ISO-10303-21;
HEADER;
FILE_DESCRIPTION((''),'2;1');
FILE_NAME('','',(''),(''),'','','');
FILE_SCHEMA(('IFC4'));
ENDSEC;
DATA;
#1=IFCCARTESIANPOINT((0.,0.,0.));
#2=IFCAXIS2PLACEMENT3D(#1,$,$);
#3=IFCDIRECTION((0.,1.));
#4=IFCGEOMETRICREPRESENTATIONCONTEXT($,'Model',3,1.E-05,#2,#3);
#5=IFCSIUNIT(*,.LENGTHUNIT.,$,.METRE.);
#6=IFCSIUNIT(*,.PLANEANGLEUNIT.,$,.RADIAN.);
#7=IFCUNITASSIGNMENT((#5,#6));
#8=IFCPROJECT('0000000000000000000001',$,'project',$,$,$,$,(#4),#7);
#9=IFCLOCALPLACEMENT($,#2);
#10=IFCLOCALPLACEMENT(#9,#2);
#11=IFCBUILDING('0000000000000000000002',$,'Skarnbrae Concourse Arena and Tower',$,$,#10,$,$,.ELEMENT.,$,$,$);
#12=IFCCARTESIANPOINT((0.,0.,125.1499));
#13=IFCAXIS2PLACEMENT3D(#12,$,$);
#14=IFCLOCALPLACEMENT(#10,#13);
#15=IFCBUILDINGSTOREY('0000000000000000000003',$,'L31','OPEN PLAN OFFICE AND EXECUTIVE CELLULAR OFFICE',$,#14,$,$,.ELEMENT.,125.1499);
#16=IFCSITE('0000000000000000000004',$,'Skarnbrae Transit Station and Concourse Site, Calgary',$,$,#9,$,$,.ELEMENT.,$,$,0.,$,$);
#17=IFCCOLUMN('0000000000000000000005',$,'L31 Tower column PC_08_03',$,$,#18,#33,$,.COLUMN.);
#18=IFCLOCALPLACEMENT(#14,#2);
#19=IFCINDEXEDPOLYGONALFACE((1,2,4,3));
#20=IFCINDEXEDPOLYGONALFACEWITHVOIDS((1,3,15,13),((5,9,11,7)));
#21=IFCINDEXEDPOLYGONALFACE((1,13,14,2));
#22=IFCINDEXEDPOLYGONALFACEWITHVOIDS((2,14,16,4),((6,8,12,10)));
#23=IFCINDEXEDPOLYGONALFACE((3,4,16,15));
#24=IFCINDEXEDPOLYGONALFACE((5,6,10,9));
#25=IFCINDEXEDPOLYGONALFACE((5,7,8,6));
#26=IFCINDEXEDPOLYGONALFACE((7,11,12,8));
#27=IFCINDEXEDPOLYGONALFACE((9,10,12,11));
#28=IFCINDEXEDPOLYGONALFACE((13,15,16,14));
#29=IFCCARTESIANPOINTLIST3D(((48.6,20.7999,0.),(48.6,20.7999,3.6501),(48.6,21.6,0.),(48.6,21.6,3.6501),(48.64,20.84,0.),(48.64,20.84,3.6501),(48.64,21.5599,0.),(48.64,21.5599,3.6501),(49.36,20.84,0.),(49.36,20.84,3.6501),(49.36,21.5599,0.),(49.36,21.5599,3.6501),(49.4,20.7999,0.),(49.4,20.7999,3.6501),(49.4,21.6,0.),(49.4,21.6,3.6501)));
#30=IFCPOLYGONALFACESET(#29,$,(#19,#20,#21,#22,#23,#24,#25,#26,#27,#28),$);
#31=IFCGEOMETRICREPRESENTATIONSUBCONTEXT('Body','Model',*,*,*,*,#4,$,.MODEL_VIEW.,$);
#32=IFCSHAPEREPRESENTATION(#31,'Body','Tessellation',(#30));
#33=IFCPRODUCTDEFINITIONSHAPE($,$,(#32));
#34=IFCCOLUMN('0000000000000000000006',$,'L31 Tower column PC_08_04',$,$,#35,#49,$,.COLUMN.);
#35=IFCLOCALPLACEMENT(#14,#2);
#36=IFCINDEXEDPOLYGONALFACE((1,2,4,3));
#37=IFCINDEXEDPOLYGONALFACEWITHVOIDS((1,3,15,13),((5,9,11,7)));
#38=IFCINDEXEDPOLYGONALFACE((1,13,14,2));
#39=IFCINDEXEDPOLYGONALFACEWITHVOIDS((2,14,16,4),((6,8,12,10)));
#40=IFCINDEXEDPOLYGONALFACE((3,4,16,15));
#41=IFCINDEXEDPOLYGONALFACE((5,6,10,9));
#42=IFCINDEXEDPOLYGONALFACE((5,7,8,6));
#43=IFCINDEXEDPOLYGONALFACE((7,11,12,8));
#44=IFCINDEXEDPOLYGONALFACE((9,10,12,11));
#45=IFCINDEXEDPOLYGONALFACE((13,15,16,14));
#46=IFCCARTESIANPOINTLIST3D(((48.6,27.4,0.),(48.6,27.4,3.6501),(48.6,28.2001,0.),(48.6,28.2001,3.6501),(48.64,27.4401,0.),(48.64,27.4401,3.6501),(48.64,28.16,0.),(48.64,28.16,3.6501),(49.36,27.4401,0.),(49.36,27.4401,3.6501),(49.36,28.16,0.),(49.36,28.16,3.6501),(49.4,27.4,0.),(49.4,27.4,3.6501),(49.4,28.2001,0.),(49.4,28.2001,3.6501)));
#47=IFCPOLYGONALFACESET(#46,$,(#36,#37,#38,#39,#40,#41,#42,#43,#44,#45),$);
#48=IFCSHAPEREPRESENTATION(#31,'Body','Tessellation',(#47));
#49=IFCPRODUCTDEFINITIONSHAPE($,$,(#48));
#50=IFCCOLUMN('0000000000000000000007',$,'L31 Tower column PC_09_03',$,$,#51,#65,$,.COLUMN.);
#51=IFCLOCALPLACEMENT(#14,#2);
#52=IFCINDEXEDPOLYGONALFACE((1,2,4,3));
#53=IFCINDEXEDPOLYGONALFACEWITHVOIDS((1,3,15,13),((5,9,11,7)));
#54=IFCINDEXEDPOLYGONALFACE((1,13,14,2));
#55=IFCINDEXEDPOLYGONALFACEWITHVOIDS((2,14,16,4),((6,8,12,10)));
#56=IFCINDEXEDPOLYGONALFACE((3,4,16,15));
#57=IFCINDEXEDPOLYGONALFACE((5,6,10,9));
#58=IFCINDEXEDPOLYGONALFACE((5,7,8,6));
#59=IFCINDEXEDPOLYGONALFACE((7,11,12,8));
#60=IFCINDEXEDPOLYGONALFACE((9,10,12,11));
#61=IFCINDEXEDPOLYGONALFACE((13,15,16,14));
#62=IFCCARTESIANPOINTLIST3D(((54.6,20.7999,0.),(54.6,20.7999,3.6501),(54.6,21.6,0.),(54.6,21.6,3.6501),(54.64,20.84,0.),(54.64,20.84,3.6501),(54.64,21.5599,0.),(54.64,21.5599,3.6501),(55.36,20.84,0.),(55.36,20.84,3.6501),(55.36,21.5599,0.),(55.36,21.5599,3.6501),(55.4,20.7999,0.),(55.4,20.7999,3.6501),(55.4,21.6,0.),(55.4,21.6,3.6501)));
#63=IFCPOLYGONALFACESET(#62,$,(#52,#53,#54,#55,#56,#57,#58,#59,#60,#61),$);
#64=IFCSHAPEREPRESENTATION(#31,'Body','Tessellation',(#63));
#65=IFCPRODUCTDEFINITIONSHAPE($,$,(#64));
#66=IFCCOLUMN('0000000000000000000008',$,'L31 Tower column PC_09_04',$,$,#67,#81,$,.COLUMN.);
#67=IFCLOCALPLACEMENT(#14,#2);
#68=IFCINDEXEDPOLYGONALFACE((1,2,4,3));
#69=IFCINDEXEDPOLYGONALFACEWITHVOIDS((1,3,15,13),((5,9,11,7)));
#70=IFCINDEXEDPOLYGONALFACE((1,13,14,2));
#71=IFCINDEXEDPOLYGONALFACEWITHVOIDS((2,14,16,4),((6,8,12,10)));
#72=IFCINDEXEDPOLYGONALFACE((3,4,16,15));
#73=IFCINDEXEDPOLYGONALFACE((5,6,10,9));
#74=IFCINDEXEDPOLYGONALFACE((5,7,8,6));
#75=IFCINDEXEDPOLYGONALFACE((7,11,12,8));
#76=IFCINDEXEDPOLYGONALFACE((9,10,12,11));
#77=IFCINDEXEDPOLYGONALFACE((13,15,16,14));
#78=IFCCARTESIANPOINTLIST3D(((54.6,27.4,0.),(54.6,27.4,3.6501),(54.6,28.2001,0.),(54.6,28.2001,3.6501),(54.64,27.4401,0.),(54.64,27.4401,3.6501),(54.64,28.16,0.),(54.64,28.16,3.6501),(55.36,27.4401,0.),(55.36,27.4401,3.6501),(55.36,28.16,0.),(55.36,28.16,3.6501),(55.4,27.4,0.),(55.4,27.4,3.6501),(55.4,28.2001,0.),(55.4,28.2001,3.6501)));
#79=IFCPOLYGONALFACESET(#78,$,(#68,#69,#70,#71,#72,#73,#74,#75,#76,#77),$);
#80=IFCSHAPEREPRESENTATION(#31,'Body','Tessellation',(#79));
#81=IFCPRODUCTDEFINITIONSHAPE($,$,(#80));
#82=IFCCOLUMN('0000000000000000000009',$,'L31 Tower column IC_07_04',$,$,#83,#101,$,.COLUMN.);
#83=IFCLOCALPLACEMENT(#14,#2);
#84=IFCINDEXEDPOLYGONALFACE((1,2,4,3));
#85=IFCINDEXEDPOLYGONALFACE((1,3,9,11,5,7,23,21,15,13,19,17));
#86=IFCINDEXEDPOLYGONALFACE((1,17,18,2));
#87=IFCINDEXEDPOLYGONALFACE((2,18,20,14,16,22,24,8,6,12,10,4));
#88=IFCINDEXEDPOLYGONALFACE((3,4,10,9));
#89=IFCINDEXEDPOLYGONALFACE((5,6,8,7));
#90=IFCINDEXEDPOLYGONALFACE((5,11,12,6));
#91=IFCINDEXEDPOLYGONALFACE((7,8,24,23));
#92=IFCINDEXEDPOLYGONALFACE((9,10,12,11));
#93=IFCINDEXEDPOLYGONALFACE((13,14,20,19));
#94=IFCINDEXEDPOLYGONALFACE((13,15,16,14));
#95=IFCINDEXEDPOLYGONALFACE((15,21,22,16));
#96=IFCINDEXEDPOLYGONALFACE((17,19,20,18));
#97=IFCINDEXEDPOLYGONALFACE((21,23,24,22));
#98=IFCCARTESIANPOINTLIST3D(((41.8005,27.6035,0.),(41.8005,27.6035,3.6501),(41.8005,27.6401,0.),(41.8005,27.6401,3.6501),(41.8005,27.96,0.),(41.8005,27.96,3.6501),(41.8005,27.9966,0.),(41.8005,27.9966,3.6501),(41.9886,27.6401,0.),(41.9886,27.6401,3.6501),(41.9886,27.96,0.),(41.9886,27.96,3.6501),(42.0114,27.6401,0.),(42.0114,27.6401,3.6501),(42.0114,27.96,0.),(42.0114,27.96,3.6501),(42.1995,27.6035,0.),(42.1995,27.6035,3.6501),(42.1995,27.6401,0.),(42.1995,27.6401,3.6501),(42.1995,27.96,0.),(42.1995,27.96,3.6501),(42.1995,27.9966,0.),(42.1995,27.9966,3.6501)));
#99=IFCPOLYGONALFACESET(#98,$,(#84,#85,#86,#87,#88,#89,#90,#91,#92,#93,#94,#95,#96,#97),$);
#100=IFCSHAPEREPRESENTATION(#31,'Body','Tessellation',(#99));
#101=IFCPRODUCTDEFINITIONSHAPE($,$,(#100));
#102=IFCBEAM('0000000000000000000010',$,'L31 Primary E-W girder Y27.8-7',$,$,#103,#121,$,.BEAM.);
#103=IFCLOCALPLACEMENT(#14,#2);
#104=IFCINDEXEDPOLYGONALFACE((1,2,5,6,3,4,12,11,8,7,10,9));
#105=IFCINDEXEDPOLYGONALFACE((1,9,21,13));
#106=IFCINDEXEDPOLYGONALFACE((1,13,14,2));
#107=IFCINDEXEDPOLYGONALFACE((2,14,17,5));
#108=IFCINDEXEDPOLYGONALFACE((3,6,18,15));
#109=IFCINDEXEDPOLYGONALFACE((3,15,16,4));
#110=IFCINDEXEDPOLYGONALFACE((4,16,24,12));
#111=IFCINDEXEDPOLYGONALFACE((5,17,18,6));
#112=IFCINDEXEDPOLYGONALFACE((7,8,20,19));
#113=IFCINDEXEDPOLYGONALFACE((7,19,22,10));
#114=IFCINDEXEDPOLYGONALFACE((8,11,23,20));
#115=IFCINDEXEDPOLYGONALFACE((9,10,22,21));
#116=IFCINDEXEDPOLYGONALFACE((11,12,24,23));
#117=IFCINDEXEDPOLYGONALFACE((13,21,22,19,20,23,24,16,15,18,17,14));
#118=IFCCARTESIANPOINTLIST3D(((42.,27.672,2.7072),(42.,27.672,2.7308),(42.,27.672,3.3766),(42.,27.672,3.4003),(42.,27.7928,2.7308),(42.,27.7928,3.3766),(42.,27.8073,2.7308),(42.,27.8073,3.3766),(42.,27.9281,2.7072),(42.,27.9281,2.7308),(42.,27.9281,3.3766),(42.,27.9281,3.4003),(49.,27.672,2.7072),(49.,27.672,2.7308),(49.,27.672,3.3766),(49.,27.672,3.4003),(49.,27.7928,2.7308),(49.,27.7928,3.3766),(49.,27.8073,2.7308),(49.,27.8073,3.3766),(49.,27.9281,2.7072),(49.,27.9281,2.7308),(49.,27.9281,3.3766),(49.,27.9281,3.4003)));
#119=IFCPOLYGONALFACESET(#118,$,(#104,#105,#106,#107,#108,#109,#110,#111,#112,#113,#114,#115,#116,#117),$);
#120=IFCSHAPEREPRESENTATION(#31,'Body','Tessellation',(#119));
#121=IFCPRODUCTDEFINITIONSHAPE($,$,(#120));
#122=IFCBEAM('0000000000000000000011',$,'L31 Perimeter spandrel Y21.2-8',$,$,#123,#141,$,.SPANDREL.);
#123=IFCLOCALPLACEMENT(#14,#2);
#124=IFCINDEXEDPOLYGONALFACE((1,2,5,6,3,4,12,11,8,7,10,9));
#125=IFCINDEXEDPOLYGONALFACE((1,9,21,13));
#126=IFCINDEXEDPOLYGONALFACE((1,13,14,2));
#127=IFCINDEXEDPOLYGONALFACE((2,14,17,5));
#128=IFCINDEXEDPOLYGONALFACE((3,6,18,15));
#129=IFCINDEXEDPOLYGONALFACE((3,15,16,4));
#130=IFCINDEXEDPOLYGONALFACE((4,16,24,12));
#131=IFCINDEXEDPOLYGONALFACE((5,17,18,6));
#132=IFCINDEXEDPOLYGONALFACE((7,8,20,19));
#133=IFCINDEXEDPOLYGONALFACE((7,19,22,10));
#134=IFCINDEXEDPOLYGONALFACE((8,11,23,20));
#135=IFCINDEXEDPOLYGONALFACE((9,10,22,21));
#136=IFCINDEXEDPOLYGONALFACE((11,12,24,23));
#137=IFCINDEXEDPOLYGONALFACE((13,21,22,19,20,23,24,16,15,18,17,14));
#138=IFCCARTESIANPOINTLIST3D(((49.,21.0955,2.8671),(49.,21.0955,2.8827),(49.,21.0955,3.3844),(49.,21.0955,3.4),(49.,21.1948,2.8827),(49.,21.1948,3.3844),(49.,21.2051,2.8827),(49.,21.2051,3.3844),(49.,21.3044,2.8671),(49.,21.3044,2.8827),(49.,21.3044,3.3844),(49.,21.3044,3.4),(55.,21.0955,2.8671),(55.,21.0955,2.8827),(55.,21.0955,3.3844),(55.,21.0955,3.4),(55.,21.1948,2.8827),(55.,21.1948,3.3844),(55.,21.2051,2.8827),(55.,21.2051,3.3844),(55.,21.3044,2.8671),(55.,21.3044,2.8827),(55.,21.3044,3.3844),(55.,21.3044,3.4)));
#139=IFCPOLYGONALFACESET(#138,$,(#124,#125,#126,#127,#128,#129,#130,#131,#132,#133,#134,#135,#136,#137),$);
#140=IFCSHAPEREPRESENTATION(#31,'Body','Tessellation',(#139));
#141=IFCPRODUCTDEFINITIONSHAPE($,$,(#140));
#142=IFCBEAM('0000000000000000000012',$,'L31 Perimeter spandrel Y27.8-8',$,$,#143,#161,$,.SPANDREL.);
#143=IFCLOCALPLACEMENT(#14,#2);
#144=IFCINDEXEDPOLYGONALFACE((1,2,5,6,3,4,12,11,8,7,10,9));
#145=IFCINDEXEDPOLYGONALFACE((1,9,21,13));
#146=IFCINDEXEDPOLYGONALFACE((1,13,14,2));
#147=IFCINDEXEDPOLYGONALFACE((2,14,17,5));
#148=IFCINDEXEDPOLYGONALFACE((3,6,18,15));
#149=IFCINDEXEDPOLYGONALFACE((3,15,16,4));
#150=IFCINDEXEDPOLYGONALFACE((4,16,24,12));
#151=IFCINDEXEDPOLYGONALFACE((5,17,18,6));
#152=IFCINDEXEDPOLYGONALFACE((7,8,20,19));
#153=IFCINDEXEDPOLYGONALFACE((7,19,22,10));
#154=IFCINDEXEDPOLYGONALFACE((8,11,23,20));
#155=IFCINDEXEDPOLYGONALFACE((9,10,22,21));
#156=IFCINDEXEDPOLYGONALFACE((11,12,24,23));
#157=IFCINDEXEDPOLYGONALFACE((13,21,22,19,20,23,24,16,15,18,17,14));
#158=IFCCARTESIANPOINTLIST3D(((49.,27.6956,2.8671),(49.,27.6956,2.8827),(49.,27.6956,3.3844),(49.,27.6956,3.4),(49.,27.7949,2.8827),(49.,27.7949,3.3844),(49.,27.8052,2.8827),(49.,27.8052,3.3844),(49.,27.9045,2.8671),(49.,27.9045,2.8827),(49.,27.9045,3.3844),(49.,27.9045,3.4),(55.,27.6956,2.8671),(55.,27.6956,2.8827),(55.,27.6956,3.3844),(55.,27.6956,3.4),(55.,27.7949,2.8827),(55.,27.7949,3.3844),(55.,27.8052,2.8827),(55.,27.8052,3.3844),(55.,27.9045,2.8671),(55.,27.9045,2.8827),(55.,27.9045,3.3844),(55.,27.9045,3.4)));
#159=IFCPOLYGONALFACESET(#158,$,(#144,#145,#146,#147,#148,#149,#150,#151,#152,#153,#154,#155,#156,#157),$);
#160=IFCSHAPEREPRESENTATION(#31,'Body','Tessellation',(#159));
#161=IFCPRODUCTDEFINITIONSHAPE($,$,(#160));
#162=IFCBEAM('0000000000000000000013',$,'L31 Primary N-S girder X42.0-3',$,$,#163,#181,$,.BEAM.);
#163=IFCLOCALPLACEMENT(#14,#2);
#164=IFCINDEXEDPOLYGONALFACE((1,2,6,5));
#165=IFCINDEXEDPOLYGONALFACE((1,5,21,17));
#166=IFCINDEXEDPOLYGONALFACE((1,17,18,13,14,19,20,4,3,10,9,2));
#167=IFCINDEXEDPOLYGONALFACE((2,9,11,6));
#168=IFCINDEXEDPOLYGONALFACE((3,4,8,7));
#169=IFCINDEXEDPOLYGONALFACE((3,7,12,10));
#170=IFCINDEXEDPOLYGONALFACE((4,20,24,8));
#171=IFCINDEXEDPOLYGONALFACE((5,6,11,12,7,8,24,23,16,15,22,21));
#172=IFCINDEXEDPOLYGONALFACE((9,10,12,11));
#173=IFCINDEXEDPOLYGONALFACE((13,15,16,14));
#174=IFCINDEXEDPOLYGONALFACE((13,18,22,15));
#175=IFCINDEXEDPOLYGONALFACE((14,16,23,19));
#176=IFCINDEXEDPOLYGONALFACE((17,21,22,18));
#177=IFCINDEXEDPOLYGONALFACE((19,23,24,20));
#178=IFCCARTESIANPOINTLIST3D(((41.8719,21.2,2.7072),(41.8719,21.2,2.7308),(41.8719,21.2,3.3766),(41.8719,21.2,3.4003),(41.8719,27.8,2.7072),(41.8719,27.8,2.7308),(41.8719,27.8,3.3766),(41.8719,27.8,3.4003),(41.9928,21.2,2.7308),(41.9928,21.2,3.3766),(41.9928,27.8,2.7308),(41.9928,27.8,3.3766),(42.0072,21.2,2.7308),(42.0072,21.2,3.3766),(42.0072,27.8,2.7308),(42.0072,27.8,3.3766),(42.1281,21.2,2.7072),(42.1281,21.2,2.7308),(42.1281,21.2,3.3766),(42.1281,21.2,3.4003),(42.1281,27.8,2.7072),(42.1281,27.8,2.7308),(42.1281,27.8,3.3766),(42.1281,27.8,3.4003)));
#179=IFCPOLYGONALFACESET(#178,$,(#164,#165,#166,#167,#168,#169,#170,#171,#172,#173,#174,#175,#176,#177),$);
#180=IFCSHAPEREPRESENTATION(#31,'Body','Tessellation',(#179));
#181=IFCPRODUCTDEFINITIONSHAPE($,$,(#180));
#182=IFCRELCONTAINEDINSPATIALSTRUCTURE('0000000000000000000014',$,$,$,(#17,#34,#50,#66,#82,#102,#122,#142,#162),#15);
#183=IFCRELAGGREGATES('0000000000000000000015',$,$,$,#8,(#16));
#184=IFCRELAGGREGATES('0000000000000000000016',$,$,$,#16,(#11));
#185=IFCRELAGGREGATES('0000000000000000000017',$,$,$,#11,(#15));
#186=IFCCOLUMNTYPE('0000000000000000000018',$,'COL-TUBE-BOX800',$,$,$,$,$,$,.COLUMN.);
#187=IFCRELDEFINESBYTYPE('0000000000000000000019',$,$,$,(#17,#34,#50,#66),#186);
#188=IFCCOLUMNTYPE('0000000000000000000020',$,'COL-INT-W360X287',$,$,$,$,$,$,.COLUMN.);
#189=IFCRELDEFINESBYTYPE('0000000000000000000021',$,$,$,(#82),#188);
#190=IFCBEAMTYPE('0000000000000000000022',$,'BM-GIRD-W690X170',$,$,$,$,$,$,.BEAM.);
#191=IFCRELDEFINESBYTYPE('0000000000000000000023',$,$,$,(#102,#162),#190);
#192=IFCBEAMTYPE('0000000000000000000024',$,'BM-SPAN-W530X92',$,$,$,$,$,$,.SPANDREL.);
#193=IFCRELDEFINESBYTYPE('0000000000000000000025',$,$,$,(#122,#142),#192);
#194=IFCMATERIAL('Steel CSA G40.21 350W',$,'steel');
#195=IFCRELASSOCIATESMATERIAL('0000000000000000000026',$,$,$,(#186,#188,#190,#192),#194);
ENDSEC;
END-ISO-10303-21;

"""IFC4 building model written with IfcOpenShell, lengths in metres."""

from ifc_helpers import new_model, si_unit, direction, frame, origin, origin_2d, place, context, subcontext, project, spatial, hollow_rectangle, i_section, extrude, source, transform, mapped, material, material_profile, profile_set, type_object, element, save


model = new_model("IFC4")

# Units and contexts
model_context = context("Model", 3, precision=1e-05, world=origin(), true_north=direction((0.0, 1.0)))
body_context = subcontext(model_context, "Body", "Model", "MODEL_VIEW")
ifc_project = project(units=[si_unit("LENGTHUNIT", "METRE"), si_unit("PLANEANGLEUNIT", "RADIAN")], contexts=[model_context])

# Site, building, storey
site_placement = place(None, origin())
site = spatial("IfcSite", under=ifc_project, at=site_placement, Name="Skarnbrae Transit Station and Concourse Site, Calgary", CompositionType="ELEMENT", RefElevation=0.0)
building_placement = place(site_placement, origin())
building = spatial("IfcBuilding", under=site, at=building_placement, Name="Skarnbrae Concourse Arena and Tower", CompositionType="ELEMENT")
storey_placement = place(building_placement, frame((0.0, 0.0, 125.1499)))
storey = spatial("IfcBuildingStorey", under=building, at=storey_placement, Name="L31", Description="OPEN PLAN OFFICE AND EXECUTIVE CELLULAR OFFICE", CompositionType="ELEMENT", Elevation=125.1499)

# Columns
ifc_material_1 = material(Name="Steel CSA G40.21 350W", Category="steel")
ifc_material_profile_1 = material_profile(ifc_material_1, hollow_rectangle(XDim=0.8, YDim=0.8, WallThickness=0.04, at=origin_2d()), Name="BOX800X800X40")
ifc_profile_set_1 = profile_set([ifc_material_profile_1], Name="Steel CSA G40.21 350W")
column_type_1 = type_object("IfcColumnType", Name="COL-TUBE-BOX800", PredefinedType="COLUMN", material=ifc_profile_set_1)
shared_shape_1 = source(origin(), body_context, "Body", "SweptSolid", [
    extrude(hollow_rectangle(XDim=0.8, YDim=0.8, WallThickness=0.04, at=origin_2d()), origin(), (0.0, 0.0, 1.0), 3.6501),
])
for number, where, z_axis, x_axis, name in (
    (1, (49.0, 21.2, 0.0), (0.0, 0.0, 1.0), (1.0, 0.0, 0.0), "L31 Tower column PC_08_03"),
    (2, (49.0, 27.8, 0.0), (0.0, 0.0, 1.0), (1.0, 0.0, 0.0), "L31 Tower column PC_08_04"),
    (3, (55.0, 21.2, 0.0), (0.0, 0.0, 1.0), (1.0, 0.0, 0.0), "L31 Tower column PC_09_03"),
    (4, (55.0, 27.8, 0.0), (0.0, 0.0, 1.0), (1.0, 0.0, 0.0), "L31 Tower column PC_09_04"),
):
    element("IfcColumn", number, at=place(storey_placement, frame(where, z_axis=z_axis, x_axis=x_axis)), inside=storey, type_object=column_type_1, Name=name, PredefinedType="COLUMN", context=body_context, shape_type="MappedRepresentation", body=[
        mapped(shared_shape_1, transform((0.0, 0.0, 0.0))),
    ])
ifc_material_profile_2 = material_profile(ifc_material_1, i_section(OverallWidth=0.3989, OverallDepth=0.3931, WebThickness=0.0227, FlangeThickness=0.0366, at=origin_2d()), Name="W360X287")
ifc_profile_set_2 = profile_set([ifc_material_profile_2], Name="Steel CSA G40.21 350W")
column_type_2 = type_object("IfcColumnType", Name="COL-INT-W360X287", PredefinedType="COLUMN", material=ifc_profile_set_2)
shared_shape_2 = source(origin(), body_context, "Body", "SweptSolid", [
    extrude(i_section(OverallWidth=0.3989, OverallDepth=0.3931, WebThickness=0.0227, FlangeThickness=0.0366, at=origin_2d()), origin(), (0.0, 0.0, 1.0), 3.6501),
])
column_placement = place(storey_placement, frame((42.0, 27.8, 0.0), z_axis=(0.0, 0.0, 1.0), x_axis=(1.0, 0.0, 0.0)))
element("IfcColumn", 5, at=column_placement, inside=storey, type_object=column_type_2, Name="L31 Tower column IC_07_04", PredefinedType="COLUMN", context=body_context, shape_type="MappedRepresentation", body=[
    mapped(shared_shape_2, transform((0.0, 0.0, 0.0))),
])

# Beams
ifc_material_profile_3 = material_profile(ifc_material_1, i_section(OverallWidth=0.2561, OverallDepth=0.6931, WebThickness=0.0144, FlangeThickness=0.0237, at=origin_2d()), Name="W690X170")
ifc_profile_set_3 = profile_set([ifc_material_profile_3], Name="Steel CSA G40.21 350W")
beam_type_1 = type_object("IfcBeamType", Name="BM-GIRD-W690X170", PredefinedType="BEAM", material=ifc_profile_set_3)
shared_shape_3 = source(origin(), body_context, "Body", "SweptSolid", [
    extrude(i_section(OverallWidth=0.2561, OverallDepth=0.6931, WebThickness=0.0144, FlangeThickness=0.0237, at=origin_2d()), origin(), (0.0, 0.0, 1.0), 7.0),
])
beam_1_placement = place(storey_placement, frame((42.0, 27.8, 3.0537), z_axis=(1.0, 0.0, 0.0), x_axis=(0.0, 1.0, 0.0)))
element("IfcBeam", 6, at=beam_1_placement, inside=storey, type_object=beam_type_1, Name="L31 Primary E-W girder Y27.8-7", PredefinedType="BEAM", context=body_context, shape_type="MappedRepresentation", body=[
    mapped(shared_shape_3, transform((0.0, 0.0, 0.0))),
])
ifc_material_profile_4 = material_profile(ifc_material_1, i_section(OverallWidth=0.209, OverallDepth=0.533, WebThickness=0.0103, FlangeThickness=0.0156, at=origin_2d()), Name="W530X92")
ifc_profile_set_4 = profile_set([ifc_material_profile_4], Name="Steel CSA G40.21 350W")
beam_type_2 = type_object("IfcBeamType", Name="BM-SPAN-W530X92", PredefinedType="SPANDREL", material=ifc_profile_set_4)
shared_shape_4 = source(origin(), body_context, "Body", "SweptSolid", [
    extrude(i_section(OverallWidth=0.209, OverallDepth=0.533, WebThickness=0.0103, FlangeThickness=0.0156, at=origin_2d()), origin(), (0.0, 0.0, 1.0), 6.0),
])
for number, where, z_axis, x_axis, name in (
    (7, (49.0, 21.2, 3.1335), (1.0, 0.0, 0.0), (0.0, 1.0, 0.0), "L31 Perimeter spandrel Y21.2-8"),
    (8, (49.0, 27.8, 3.1335), (1.0, 0.0, 0.0), (0.0, 1.0, 0.0), "L31 Perimeter spandrel Y27.8-8"),
):
    element("IfcBeam", number, at=place(storey_placement, frame(where, z_axis=z_axis, x_axis=x_axis)), inside=storey, type_object=beam_type_2, Name=name, PredefinedType="SPANDREL", context=body_context, shape_type="MappedRepresentation", body=[
        mapped(shared_shape_4, transform((0.0, 0.0, 0.0))),
    ])
shared_shape_5 = source(origin(), body_context, "Body", "SweptSolid", [
    extrude(i_section(OverallWidth=0.2561, OverallDepth=0.6931, WebThickness=0.0144, FlangeThickness=0.0237, at=origin_2d()), origin(), (0.0, 0.0, 1.0), 6.6001),
])
beam_2_placement = place(storey_placement, frame((42.0, 21.2, 3.0537), z_axis=(0.0, 1.0, 0.0), x_axis=(-1.0, 0.0, 0.0)))
element("IfcBeam", 9, at=beam_2_placement, inside=storey, type_object=beam_type_1, Name="L31 Primary N-S girder X42.0-3", PredefinedType="BEAM", context=body_context, shape_type="MappedRepresentation", body=[
    mapped(shared_shape_5, transform((0.0, 0.0, 0.0))),
])

save(model, "model.ifc")
